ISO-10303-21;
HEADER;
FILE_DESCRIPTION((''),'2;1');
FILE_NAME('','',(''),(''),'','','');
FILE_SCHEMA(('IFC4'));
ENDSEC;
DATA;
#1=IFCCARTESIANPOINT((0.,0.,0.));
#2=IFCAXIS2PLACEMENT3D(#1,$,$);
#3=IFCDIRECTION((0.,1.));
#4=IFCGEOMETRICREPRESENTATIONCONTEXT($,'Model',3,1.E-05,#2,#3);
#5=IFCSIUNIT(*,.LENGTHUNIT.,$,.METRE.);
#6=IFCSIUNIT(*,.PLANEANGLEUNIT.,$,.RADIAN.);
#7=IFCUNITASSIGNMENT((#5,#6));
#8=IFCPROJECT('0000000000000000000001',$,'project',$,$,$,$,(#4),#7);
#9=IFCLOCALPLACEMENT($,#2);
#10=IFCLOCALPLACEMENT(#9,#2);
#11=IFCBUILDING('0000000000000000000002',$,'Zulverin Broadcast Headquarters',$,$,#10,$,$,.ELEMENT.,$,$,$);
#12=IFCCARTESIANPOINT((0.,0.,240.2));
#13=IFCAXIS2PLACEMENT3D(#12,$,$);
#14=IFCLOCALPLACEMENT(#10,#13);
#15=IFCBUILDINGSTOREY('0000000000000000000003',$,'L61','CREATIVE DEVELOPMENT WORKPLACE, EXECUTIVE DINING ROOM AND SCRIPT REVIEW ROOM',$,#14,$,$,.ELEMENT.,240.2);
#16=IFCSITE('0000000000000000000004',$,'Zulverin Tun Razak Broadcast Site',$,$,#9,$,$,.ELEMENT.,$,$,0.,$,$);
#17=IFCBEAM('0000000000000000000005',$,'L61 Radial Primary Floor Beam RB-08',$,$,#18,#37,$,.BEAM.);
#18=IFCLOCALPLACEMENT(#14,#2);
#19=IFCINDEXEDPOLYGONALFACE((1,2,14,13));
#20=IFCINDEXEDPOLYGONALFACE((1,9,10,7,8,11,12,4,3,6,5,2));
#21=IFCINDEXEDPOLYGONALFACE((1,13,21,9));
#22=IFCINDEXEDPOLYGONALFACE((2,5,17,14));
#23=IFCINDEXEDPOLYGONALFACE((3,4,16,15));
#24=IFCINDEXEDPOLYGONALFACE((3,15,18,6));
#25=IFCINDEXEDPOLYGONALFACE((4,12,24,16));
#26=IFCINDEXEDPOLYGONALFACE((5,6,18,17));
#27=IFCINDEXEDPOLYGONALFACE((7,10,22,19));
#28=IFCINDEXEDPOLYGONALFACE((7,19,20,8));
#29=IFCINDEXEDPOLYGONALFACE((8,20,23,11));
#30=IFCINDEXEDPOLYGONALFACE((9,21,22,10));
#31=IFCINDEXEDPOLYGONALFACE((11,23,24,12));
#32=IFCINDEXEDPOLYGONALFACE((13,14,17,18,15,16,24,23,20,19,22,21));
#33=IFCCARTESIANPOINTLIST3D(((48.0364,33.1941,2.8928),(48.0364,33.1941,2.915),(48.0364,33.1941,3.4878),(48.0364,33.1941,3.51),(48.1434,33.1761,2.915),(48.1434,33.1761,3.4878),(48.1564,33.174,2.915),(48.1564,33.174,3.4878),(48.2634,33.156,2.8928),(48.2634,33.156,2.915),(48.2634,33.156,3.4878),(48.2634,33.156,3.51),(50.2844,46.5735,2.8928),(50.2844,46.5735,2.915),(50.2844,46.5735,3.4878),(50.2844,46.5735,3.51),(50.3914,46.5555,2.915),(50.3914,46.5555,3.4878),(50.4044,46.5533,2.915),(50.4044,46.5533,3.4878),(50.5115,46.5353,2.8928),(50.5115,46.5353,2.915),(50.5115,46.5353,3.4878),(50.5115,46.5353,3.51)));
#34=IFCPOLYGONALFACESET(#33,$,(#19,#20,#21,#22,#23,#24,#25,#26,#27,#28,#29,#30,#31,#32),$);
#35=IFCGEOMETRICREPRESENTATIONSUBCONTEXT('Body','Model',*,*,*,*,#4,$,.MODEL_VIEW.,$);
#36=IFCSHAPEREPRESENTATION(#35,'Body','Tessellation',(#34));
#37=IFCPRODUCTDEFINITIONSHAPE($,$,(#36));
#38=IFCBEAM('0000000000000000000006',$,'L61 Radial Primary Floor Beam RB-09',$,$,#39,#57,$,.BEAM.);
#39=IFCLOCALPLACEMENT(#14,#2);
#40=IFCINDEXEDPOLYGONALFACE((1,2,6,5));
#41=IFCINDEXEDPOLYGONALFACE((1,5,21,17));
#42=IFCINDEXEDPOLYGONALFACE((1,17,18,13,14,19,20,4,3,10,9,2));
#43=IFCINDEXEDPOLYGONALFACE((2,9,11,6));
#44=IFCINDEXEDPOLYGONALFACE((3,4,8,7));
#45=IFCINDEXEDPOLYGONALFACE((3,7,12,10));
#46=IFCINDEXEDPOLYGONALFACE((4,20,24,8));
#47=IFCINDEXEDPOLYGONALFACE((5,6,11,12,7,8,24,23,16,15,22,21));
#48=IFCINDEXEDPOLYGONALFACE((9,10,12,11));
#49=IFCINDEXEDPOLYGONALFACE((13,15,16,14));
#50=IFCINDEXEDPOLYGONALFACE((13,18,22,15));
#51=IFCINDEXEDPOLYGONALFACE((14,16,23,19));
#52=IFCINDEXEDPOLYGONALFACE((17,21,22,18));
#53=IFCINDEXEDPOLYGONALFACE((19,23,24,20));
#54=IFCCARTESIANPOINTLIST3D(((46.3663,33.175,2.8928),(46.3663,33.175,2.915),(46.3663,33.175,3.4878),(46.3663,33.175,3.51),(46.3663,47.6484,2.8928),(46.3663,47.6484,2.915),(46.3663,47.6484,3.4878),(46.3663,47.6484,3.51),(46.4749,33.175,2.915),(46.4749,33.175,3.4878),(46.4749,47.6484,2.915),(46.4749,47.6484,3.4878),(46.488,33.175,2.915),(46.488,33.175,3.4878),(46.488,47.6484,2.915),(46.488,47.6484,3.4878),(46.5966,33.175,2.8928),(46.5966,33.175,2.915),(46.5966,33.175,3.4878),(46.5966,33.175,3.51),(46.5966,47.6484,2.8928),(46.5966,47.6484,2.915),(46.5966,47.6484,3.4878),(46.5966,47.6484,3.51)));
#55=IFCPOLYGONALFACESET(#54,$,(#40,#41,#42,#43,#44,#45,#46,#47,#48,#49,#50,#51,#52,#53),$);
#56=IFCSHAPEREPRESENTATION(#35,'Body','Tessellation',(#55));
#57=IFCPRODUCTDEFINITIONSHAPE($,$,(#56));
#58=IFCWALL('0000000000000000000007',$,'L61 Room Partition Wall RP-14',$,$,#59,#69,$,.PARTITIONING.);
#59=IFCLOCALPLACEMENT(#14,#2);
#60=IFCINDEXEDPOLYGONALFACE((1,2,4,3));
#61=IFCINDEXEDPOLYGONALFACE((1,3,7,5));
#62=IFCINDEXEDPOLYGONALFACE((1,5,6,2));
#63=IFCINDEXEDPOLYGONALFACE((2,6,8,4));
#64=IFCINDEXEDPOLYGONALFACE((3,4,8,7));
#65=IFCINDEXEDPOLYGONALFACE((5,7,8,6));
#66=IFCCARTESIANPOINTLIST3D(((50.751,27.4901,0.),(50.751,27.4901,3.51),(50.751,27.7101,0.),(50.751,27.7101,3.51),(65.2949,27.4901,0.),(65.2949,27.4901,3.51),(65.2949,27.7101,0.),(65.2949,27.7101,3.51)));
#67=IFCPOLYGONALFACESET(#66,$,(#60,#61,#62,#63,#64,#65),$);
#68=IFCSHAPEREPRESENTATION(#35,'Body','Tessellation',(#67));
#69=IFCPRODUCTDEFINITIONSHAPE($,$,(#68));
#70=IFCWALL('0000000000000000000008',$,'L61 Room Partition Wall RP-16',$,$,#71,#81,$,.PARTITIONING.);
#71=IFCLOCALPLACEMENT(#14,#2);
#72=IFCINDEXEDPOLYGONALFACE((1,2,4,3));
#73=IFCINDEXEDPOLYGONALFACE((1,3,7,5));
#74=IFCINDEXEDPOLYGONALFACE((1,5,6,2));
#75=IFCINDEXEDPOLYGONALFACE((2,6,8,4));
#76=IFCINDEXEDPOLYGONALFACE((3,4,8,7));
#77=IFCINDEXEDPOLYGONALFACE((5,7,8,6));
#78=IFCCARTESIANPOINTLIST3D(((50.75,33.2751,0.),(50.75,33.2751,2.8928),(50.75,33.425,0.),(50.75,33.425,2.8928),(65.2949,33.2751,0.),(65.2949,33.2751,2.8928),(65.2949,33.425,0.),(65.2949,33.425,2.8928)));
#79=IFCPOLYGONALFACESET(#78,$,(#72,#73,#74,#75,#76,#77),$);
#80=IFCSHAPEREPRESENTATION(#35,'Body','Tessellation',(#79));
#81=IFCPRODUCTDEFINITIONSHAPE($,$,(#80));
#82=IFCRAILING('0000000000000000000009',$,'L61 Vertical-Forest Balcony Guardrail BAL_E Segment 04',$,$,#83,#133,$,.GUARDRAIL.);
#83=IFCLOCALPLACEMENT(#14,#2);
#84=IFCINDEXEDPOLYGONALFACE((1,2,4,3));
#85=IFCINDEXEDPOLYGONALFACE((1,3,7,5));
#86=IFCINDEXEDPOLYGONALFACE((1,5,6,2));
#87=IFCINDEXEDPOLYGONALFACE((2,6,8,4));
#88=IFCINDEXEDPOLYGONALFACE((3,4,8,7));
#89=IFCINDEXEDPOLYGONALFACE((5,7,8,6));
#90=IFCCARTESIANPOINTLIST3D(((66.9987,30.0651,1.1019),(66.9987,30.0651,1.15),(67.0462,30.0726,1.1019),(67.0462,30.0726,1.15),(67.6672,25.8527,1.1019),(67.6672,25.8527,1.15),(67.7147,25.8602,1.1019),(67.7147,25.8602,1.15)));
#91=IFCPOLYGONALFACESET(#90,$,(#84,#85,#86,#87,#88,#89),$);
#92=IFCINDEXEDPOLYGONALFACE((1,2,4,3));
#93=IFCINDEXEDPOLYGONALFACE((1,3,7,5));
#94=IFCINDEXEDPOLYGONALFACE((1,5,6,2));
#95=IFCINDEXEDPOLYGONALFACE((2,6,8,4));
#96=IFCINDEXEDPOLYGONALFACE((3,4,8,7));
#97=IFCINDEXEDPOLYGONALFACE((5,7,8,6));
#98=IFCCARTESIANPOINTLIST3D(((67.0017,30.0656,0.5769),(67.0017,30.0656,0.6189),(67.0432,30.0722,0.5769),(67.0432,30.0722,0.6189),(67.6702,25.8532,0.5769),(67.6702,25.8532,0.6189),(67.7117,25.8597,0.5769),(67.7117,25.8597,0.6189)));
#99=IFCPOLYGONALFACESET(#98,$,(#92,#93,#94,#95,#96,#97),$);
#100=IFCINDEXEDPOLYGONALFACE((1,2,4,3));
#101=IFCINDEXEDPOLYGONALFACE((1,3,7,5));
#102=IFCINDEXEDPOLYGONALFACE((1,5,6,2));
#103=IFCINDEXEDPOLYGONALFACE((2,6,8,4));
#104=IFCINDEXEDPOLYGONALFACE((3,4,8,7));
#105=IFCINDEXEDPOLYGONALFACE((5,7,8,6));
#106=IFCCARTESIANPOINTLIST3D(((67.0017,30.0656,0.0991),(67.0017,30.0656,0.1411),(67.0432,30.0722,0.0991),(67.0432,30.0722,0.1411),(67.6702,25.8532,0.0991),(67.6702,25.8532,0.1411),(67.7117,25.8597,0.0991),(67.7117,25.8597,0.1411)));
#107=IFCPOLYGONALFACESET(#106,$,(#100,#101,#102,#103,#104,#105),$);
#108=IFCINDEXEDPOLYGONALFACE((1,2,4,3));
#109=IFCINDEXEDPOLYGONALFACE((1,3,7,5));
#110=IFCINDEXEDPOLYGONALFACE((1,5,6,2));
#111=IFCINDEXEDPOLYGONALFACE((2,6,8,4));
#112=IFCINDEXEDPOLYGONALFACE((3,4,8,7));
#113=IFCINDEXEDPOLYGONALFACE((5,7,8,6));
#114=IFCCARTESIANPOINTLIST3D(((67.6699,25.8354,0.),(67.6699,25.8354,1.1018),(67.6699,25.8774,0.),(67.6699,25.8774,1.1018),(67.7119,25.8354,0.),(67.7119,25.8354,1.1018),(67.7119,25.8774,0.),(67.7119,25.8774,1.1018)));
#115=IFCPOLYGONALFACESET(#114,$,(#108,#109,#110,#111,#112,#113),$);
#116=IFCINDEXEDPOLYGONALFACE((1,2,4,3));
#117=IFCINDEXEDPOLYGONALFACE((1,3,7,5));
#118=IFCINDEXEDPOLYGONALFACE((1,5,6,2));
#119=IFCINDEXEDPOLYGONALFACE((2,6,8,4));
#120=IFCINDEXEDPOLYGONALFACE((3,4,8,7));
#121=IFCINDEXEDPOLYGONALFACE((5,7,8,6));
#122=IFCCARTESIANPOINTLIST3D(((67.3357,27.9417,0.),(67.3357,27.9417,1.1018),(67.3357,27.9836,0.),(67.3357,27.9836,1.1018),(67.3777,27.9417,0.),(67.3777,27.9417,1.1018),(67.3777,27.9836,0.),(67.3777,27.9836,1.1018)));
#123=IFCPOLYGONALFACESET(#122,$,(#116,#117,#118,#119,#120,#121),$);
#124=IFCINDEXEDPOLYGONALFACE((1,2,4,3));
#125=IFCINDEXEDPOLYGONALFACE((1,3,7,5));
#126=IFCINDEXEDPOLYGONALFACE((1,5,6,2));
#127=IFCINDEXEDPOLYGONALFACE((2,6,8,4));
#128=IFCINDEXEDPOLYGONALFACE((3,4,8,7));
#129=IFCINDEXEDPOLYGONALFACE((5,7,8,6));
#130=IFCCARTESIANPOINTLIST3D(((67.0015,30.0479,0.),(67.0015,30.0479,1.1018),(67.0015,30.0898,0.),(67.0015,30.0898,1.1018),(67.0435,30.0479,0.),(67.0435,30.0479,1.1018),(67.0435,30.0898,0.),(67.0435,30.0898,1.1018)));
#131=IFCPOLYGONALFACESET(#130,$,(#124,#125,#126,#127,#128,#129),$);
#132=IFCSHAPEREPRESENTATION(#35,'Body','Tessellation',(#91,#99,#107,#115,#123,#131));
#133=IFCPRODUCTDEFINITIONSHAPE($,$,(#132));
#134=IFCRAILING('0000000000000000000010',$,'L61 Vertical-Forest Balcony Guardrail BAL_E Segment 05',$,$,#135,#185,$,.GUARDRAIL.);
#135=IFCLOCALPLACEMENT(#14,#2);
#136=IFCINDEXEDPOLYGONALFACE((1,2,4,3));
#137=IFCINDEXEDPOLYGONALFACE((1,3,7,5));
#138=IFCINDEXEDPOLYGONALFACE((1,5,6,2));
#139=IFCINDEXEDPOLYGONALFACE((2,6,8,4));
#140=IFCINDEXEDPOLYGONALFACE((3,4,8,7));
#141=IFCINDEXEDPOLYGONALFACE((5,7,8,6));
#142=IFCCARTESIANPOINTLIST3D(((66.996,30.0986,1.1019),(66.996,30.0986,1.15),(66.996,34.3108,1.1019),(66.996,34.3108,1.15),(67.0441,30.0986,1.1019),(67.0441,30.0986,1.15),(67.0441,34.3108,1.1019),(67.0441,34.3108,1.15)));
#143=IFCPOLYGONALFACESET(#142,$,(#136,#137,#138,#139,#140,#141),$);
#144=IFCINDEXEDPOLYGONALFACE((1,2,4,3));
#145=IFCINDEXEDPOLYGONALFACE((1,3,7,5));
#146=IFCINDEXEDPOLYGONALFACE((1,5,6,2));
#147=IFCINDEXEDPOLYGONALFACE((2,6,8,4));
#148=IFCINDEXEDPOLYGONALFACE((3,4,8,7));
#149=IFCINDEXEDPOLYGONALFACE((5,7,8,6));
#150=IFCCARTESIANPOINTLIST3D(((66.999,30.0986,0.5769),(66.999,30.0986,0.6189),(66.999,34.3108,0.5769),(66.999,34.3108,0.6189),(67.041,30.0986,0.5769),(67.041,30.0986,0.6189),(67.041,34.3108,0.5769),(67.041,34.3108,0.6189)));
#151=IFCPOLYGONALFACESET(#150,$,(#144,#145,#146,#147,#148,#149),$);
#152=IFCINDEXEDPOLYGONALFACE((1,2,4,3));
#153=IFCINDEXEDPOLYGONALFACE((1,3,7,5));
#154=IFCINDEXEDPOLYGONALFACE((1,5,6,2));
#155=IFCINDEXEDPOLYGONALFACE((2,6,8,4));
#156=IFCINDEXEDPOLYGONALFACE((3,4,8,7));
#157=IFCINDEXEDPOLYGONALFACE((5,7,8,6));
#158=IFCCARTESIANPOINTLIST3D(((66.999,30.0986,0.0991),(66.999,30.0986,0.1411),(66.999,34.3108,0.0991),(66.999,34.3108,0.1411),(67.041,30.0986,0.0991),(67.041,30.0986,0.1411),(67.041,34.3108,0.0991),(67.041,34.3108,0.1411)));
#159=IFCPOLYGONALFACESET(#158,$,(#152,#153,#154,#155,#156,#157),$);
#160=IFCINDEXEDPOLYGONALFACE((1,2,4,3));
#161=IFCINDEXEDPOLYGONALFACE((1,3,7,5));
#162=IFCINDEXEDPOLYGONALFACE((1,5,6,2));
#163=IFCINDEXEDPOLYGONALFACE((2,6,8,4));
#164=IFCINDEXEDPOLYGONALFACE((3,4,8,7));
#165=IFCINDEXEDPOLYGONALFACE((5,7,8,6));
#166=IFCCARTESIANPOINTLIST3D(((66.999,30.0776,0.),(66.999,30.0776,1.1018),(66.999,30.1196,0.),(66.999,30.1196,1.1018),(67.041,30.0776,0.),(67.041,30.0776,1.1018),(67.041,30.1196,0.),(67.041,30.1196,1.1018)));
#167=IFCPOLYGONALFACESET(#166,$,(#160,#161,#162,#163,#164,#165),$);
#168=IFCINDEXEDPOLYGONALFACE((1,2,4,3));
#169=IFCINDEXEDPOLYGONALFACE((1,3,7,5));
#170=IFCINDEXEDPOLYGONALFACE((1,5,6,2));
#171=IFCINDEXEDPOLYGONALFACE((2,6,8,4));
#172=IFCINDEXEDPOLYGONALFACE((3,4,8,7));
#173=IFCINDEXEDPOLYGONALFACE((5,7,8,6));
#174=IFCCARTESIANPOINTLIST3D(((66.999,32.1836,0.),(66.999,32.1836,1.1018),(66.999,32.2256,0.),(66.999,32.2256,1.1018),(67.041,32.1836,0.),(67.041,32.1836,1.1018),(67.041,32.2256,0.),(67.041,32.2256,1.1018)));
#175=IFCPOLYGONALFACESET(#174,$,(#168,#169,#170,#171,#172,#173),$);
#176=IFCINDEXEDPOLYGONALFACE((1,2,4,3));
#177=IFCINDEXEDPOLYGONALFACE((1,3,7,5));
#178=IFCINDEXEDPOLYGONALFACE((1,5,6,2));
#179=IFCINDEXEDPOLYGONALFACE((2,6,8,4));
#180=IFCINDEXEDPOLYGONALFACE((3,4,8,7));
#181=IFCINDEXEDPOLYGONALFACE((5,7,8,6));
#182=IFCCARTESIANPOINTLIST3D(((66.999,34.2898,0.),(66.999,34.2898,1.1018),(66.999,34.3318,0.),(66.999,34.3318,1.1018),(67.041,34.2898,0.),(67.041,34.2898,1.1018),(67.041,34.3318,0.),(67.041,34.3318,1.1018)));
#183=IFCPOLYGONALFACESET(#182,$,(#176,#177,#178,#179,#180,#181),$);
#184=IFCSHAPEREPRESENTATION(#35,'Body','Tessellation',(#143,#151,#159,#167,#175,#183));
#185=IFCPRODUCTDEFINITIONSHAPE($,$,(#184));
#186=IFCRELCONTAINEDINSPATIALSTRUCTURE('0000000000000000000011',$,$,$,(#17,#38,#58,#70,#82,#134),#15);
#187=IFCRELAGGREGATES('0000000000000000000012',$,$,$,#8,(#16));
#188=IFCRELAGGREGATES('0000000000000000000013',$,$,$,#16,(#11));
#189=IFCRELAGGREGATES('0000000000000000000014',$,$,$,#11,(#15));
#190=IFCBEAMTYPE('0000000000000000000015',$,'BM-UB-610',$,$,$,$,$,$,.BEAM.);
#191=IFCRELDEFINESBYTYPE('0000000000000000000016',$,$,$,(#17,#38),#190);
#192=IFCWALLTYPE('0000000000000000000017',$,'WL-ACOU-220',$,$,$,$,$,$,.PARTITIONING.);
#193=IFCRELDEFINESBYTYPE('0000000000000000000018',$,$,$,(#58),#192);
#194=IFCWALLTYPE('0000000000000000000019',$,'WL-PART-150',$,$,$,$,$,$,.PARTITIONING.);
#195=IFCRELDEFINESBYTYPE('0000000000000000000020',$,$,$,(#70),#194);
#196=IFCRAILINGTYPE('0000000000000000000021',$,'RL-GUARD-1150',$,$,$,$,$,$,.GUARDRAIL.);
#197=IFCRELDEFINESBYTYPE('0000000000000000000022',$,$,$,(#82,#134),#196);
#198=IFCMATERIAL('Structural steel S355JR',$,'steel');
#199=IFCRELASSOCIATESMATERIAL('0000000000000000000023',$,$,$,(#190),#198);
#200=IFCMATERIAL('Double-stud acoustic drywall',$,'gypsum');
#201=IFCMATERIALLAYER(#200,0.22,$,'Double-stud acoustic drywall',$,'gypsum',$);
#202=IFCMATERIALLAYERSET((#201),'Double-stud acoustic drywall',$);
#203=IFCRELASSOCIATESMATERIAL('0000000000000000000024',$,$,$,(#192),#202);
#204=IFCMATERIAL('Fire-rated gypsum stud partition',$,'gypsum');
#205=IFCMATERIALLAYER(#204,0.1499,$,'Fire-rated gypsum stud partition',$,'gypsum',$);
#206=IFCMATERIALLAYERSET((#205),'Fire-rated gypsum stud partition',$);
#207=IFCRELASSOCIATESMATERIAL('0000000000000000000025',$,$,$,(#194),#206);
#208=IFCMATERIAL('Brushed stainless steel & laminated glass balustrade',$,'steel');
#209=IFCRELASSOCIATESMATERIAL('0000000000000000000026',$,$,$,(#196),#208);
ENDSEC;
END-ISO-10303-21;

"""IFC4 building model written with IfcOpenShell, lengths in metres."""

from ifc_helpers import new_model, si_unit, direction, frame, frame_2d, origin, origin_2d, place, context, subcontext, project, spatial, rectangle, i_section, extrude, material, layer, layer_set, material_profile, profile_set, type_object, element, save


model = new_model("IFC4")

# Units and contexts
model_context = context("Model", 3, precision=1e-05, world=origin(), true_north=direction((0.0, 1.0)))
body_context = subcontext(model_context, "Body", "Model", "MODEL_VIEW")
ifc_project = project(units=[si_unit("LENGTHUNIT", "METRE"), si_unit("PLANEANGLEUNIT", "RADIAN")], contexts=[model_context])

# Site, building, storey
site_placement = place(None, origin())
site = spatial("IfcSite", under=ifc_project, at=site_placement, Name="Zulverin Tun Razak Broadcast Site", CompositionType="ELEMENT", RefElevation=0.0)
building_placement = place(site_placement, origin())
building = spatial("IfcBuilding", under=site, at=building_placement, Name="Zulverin Broadcast Headquarters", CompositionType="ELEMENT")
storey_placement = place(building_placement, frame((0.0, 0.0, 240.2)))
storey = spatial("IfcBuildingStorey", under=building, at=storey_placement, Name="L61", Description="CREATIVE DEVELOPMENT WORKPLACE, EXECUTIVE DINING ROOM AND SCRIPT REVIEW ROOM", CompositionType="ELEMENT", Elevation=240.2)

# Beams
ifc_material_1 = material(Name="Structural steel S355JR", Category="steel")
ifc_material_profile_1 = material_profile(ifc_material_1, i_section(OverallWidth=0.2302, OverallDepth=0.6172, WebThickness=0.0132, FlangeThickness=0.0222, at=origin_2d()), Name="Structural steel S355JR", Category="steel")
ifc_profile_set_1 = profile_set([ifc_material_profile_1], Name="Structural steel S355JR")
beam_type_1 = type_object("IfcBeamType", Name="BM-UB-610", PredefinedType="BEAM", material=ifc_profile_set_1)
beam_1_placement = place(storey_placement, frame((48.1499, 33.175, 3.2014), z_axis=(0.1657, 0.986176, 0.0), x_axis=(-0.986176, 0.1657, 0.0)))
element("IfcBeam", 1, at=beam_1_placement, inside=storey, type_object=beam_type_1, Name="L61 Radial Primary Floor Beam RB-08", PredefinedType="BEAM", context=body_context, shape_type="SweptSolid", body=[
    extrude(i_section(OverallWidth=0.2302, OverallDepth=0.6172, WebThickness=0.0132, FlangeThickness=0.0222, at=origin_2d()), origin(), (0.0, 0.0, 1.0), 13.5669),
])
beam_2_placement = place(storey_placement, frame((46.4814, 33.175, 3.2014), z_axis=(0.0, 1.0, 0.0), x_axis=(-1.0, 0.0, 0.0)))
element("IfcBeam", 2, at=beam_2_placement, inside=storey, type_object=beam_type_1, Name="L61 Radial Primary Floor Beam RB-09", PredefinedType="BEAM", context=body_context, shape_type="SweptSolid", body=[
    extrude(i_section(OverallWidth=0.2302, OverallDepth=0.6172, WebThickness=0.0132, FlangeThickness=0.0222, at=origin_2d()), origin(), (0.0, 0.0, 1.0), 14.4734),
])

# Walls
ifc_material_2 = material(Name="Double-stud acoustic drywall", Category="gypsum")
ifc_layer_1 = layer(ifc_material_2, 0.22, Name="Double-stud acoustic drywall", Category="gypsum")
ifc_layer_set_1 = layer_set([ifc_layer_1], Name="Double-stud acoustic drywall")
wall_type_1 = type_object("IfcWallType", Name="WL-ACOU-220", PredefinedType="PARTITIONING", material=ifc_layer_set_1)
wall_1_placement = place(storey_placement, frame((50.751, 27.6001, 0.0), z_axis=(0.0, 0.0, 1.0), x_axis=(1.0, 0.0, 0.0)))
element("IfcWall", 3, at=wall_1_placement, inside=storey, type_object=wall_type_1, Name="L61 Room Partition Wall RP-14", PredefinedType="PARTITIONING", context=body_context, shape_type="SweptSolid", body=[
    extrude(rectangle(XDim=14.5439, YDim=0.22, at=frame_2d((7.272, 0.0))), origin(), (0.0, 0.0, 1.0), 3.51),
])
ifc_material_3 = material(Name="Fire-rated gypsum stud partition", Category="gypsum")
ifc_layer_2 = layer(ifc_material_3, 0.1499, Name="Fire-rated gypsum stud partition", Category="gypsum")
ifc_layer_set_2 = layer_set([ifc_layer_2], Name="Fire-rated gypsum stud partition")
wall_type_2 = type_object("IfcWallType", Name="WL-PART-150", PredefinedType="PARTITIONING", material=ifc_layer_set_2)
wall_2_placement = place(storey_placement, frame((50.75, 33.3501, 0.0), z_axis=(0.0, 0.0, 1.0), x_axis=(1.0, 0.0, 0.0)))
element("IfcWall", 4, at=wall_2_placement, inside=storey, type_object=wall_type_2, Name="L61 Room Partition Wall RP-16", PredefinedType="PARTITIONING", context=body_context, shape_type="SweptSolid", body=[
    extrude(rectangle(XDim=14.5449, YDim=0.1499, at=frame_2d((7.2725, 0.0))), origin(), (0.0, 0.0, 1.0), 2.8928),
])

# Railings
ifc_material_4 = material(Name="Brushed stainless steel & laminated glass balustrade", Category="steel")
railing_type = type_object("IfcRailingType", Name="RL-GUARD-1150", PredefinedType="GUARDRAIL", material=ifc_material_4)
railing_1_placement = place(storey_placement, frame((67.6909, 25.8564, 0.0)))
element("IfcRailing", 5, at=railing_1_placement, inside=storey, type_object=railing_type, Name="L61 Vertical-Forest Balcony Guardrail BAL_E Segment 04", PredefinedType="GUARDRAIL", context=body_context, shape_type="SweptSolid", body=[
    extrude(rectangle(XDim=0.0481, YDim=0.0481, at=origin_2d()), frame((0.0, 0.0, 1.126), z_axis=(-0.156727, 0.987642, 0.0), x_axis=(-0.987642, -0.156727, 0.0)), (0.0, 0.0, 1.0), 4.2651),
    extrude(rectangle(XDim=0.042, YDim=0.042, at=origin_2d()), frame((0.0, 0.0, 0.5979), z_axis=(-0.156727, 0.987642, 0.0), x_axis=(-0.987642, -0.156727, 0.0)), (0.0, 0.0, 1.0), 4.2651),
    extrude(rectangle(XDim=0.042, YDim=0.042, at=origin_2d()), frame((0.0, 0.0, 0.1201), z_axis=(-0.156727, 0.987642, 0.0), x_axis=(-0.987642, -0.156727, 0.0)), (0.0, 0.0, 1.0), 4.2651),
    extrude(rectangle(XDim=0.042, YDim=0.042, at=origin_2d()), origin(), (0.0, 0.0, 1.0), 1.1018),
    extrude(rectangle(XDim=0.042, YDim=0.042, at=origin_2d()), frame((-0.3342, 2.1062, 0.0)), (0.0, 0.0, 1.0), 1.1018),
    extrude(rectangle(XDim=0.042, YDim=0.042, at=origin_2d()), frame((-0.6685, 4.2124, 0.0)), (0.0, 0.0, 1.0), 1.1018),
])
railing_2_placement = place(storey_placement, frame((67.02, 30.0986, 0.0)))
element("IfcRailing", 6, at=railing_2_placement, inside=storey, type_object=railing_type, Name="L61 Vertical-Forest Balcony Guardrail BAL_E Segment 05", PredefinedType="GUARDRAIL", context=body_context, shape_type="SweptSolid", body=[
    extrude(rectangle(XDim=0.0481, YDim=0.0481, at=origin_2d()), frame((0.0, 0.0, 1.126), z_axis=(0.0, 1.0, 0.0), x_axis=(-1.0, 0.0, 0.0)), (0.0, 0.0, 1.0), 4.2122),
    extrude(rectangle(XDim=0.042, YDim=0.042, at=origin_2d()), frame((0.0, 0.0, 0.5979), z_axis=(0.0, 1.0, 0.0), x_axis=(-1.0, 0.0, 0.0)), (0.0, 0.0, 1.0), 4.2122),
    extrude(rectangle(XDim=0.042, YDim=0.042, at=origin_2d()), frame((0.0, 0.0, 0.1201), z_axis=(0.0, 1.0, 0.0), x_axis=(-1.0, 0.0, 0.0)), (0.0, 0.0, 1.0), 4.2122),
    extrude(rectangle(XDim=0.042, YDim=0.042, at=origin_2d()), origin(), (0.0, 0.0, 1.0), 1.1018),
    extrude(rectangle(XDim=0.042, YDim=0.042, at=origin_2d()), frame((0.0, 2.106, 0.0)), (0.0, 0.0, 1.0), 1.1018),
    extrude(rectangle(XDim=0.042, YDim=0.042, at=origin_2d()), frame((0.0, 4.2122, 0.0)), (0.0, 0.0, 1.0), 1.1018),
])

save(model, "model.ifc")
